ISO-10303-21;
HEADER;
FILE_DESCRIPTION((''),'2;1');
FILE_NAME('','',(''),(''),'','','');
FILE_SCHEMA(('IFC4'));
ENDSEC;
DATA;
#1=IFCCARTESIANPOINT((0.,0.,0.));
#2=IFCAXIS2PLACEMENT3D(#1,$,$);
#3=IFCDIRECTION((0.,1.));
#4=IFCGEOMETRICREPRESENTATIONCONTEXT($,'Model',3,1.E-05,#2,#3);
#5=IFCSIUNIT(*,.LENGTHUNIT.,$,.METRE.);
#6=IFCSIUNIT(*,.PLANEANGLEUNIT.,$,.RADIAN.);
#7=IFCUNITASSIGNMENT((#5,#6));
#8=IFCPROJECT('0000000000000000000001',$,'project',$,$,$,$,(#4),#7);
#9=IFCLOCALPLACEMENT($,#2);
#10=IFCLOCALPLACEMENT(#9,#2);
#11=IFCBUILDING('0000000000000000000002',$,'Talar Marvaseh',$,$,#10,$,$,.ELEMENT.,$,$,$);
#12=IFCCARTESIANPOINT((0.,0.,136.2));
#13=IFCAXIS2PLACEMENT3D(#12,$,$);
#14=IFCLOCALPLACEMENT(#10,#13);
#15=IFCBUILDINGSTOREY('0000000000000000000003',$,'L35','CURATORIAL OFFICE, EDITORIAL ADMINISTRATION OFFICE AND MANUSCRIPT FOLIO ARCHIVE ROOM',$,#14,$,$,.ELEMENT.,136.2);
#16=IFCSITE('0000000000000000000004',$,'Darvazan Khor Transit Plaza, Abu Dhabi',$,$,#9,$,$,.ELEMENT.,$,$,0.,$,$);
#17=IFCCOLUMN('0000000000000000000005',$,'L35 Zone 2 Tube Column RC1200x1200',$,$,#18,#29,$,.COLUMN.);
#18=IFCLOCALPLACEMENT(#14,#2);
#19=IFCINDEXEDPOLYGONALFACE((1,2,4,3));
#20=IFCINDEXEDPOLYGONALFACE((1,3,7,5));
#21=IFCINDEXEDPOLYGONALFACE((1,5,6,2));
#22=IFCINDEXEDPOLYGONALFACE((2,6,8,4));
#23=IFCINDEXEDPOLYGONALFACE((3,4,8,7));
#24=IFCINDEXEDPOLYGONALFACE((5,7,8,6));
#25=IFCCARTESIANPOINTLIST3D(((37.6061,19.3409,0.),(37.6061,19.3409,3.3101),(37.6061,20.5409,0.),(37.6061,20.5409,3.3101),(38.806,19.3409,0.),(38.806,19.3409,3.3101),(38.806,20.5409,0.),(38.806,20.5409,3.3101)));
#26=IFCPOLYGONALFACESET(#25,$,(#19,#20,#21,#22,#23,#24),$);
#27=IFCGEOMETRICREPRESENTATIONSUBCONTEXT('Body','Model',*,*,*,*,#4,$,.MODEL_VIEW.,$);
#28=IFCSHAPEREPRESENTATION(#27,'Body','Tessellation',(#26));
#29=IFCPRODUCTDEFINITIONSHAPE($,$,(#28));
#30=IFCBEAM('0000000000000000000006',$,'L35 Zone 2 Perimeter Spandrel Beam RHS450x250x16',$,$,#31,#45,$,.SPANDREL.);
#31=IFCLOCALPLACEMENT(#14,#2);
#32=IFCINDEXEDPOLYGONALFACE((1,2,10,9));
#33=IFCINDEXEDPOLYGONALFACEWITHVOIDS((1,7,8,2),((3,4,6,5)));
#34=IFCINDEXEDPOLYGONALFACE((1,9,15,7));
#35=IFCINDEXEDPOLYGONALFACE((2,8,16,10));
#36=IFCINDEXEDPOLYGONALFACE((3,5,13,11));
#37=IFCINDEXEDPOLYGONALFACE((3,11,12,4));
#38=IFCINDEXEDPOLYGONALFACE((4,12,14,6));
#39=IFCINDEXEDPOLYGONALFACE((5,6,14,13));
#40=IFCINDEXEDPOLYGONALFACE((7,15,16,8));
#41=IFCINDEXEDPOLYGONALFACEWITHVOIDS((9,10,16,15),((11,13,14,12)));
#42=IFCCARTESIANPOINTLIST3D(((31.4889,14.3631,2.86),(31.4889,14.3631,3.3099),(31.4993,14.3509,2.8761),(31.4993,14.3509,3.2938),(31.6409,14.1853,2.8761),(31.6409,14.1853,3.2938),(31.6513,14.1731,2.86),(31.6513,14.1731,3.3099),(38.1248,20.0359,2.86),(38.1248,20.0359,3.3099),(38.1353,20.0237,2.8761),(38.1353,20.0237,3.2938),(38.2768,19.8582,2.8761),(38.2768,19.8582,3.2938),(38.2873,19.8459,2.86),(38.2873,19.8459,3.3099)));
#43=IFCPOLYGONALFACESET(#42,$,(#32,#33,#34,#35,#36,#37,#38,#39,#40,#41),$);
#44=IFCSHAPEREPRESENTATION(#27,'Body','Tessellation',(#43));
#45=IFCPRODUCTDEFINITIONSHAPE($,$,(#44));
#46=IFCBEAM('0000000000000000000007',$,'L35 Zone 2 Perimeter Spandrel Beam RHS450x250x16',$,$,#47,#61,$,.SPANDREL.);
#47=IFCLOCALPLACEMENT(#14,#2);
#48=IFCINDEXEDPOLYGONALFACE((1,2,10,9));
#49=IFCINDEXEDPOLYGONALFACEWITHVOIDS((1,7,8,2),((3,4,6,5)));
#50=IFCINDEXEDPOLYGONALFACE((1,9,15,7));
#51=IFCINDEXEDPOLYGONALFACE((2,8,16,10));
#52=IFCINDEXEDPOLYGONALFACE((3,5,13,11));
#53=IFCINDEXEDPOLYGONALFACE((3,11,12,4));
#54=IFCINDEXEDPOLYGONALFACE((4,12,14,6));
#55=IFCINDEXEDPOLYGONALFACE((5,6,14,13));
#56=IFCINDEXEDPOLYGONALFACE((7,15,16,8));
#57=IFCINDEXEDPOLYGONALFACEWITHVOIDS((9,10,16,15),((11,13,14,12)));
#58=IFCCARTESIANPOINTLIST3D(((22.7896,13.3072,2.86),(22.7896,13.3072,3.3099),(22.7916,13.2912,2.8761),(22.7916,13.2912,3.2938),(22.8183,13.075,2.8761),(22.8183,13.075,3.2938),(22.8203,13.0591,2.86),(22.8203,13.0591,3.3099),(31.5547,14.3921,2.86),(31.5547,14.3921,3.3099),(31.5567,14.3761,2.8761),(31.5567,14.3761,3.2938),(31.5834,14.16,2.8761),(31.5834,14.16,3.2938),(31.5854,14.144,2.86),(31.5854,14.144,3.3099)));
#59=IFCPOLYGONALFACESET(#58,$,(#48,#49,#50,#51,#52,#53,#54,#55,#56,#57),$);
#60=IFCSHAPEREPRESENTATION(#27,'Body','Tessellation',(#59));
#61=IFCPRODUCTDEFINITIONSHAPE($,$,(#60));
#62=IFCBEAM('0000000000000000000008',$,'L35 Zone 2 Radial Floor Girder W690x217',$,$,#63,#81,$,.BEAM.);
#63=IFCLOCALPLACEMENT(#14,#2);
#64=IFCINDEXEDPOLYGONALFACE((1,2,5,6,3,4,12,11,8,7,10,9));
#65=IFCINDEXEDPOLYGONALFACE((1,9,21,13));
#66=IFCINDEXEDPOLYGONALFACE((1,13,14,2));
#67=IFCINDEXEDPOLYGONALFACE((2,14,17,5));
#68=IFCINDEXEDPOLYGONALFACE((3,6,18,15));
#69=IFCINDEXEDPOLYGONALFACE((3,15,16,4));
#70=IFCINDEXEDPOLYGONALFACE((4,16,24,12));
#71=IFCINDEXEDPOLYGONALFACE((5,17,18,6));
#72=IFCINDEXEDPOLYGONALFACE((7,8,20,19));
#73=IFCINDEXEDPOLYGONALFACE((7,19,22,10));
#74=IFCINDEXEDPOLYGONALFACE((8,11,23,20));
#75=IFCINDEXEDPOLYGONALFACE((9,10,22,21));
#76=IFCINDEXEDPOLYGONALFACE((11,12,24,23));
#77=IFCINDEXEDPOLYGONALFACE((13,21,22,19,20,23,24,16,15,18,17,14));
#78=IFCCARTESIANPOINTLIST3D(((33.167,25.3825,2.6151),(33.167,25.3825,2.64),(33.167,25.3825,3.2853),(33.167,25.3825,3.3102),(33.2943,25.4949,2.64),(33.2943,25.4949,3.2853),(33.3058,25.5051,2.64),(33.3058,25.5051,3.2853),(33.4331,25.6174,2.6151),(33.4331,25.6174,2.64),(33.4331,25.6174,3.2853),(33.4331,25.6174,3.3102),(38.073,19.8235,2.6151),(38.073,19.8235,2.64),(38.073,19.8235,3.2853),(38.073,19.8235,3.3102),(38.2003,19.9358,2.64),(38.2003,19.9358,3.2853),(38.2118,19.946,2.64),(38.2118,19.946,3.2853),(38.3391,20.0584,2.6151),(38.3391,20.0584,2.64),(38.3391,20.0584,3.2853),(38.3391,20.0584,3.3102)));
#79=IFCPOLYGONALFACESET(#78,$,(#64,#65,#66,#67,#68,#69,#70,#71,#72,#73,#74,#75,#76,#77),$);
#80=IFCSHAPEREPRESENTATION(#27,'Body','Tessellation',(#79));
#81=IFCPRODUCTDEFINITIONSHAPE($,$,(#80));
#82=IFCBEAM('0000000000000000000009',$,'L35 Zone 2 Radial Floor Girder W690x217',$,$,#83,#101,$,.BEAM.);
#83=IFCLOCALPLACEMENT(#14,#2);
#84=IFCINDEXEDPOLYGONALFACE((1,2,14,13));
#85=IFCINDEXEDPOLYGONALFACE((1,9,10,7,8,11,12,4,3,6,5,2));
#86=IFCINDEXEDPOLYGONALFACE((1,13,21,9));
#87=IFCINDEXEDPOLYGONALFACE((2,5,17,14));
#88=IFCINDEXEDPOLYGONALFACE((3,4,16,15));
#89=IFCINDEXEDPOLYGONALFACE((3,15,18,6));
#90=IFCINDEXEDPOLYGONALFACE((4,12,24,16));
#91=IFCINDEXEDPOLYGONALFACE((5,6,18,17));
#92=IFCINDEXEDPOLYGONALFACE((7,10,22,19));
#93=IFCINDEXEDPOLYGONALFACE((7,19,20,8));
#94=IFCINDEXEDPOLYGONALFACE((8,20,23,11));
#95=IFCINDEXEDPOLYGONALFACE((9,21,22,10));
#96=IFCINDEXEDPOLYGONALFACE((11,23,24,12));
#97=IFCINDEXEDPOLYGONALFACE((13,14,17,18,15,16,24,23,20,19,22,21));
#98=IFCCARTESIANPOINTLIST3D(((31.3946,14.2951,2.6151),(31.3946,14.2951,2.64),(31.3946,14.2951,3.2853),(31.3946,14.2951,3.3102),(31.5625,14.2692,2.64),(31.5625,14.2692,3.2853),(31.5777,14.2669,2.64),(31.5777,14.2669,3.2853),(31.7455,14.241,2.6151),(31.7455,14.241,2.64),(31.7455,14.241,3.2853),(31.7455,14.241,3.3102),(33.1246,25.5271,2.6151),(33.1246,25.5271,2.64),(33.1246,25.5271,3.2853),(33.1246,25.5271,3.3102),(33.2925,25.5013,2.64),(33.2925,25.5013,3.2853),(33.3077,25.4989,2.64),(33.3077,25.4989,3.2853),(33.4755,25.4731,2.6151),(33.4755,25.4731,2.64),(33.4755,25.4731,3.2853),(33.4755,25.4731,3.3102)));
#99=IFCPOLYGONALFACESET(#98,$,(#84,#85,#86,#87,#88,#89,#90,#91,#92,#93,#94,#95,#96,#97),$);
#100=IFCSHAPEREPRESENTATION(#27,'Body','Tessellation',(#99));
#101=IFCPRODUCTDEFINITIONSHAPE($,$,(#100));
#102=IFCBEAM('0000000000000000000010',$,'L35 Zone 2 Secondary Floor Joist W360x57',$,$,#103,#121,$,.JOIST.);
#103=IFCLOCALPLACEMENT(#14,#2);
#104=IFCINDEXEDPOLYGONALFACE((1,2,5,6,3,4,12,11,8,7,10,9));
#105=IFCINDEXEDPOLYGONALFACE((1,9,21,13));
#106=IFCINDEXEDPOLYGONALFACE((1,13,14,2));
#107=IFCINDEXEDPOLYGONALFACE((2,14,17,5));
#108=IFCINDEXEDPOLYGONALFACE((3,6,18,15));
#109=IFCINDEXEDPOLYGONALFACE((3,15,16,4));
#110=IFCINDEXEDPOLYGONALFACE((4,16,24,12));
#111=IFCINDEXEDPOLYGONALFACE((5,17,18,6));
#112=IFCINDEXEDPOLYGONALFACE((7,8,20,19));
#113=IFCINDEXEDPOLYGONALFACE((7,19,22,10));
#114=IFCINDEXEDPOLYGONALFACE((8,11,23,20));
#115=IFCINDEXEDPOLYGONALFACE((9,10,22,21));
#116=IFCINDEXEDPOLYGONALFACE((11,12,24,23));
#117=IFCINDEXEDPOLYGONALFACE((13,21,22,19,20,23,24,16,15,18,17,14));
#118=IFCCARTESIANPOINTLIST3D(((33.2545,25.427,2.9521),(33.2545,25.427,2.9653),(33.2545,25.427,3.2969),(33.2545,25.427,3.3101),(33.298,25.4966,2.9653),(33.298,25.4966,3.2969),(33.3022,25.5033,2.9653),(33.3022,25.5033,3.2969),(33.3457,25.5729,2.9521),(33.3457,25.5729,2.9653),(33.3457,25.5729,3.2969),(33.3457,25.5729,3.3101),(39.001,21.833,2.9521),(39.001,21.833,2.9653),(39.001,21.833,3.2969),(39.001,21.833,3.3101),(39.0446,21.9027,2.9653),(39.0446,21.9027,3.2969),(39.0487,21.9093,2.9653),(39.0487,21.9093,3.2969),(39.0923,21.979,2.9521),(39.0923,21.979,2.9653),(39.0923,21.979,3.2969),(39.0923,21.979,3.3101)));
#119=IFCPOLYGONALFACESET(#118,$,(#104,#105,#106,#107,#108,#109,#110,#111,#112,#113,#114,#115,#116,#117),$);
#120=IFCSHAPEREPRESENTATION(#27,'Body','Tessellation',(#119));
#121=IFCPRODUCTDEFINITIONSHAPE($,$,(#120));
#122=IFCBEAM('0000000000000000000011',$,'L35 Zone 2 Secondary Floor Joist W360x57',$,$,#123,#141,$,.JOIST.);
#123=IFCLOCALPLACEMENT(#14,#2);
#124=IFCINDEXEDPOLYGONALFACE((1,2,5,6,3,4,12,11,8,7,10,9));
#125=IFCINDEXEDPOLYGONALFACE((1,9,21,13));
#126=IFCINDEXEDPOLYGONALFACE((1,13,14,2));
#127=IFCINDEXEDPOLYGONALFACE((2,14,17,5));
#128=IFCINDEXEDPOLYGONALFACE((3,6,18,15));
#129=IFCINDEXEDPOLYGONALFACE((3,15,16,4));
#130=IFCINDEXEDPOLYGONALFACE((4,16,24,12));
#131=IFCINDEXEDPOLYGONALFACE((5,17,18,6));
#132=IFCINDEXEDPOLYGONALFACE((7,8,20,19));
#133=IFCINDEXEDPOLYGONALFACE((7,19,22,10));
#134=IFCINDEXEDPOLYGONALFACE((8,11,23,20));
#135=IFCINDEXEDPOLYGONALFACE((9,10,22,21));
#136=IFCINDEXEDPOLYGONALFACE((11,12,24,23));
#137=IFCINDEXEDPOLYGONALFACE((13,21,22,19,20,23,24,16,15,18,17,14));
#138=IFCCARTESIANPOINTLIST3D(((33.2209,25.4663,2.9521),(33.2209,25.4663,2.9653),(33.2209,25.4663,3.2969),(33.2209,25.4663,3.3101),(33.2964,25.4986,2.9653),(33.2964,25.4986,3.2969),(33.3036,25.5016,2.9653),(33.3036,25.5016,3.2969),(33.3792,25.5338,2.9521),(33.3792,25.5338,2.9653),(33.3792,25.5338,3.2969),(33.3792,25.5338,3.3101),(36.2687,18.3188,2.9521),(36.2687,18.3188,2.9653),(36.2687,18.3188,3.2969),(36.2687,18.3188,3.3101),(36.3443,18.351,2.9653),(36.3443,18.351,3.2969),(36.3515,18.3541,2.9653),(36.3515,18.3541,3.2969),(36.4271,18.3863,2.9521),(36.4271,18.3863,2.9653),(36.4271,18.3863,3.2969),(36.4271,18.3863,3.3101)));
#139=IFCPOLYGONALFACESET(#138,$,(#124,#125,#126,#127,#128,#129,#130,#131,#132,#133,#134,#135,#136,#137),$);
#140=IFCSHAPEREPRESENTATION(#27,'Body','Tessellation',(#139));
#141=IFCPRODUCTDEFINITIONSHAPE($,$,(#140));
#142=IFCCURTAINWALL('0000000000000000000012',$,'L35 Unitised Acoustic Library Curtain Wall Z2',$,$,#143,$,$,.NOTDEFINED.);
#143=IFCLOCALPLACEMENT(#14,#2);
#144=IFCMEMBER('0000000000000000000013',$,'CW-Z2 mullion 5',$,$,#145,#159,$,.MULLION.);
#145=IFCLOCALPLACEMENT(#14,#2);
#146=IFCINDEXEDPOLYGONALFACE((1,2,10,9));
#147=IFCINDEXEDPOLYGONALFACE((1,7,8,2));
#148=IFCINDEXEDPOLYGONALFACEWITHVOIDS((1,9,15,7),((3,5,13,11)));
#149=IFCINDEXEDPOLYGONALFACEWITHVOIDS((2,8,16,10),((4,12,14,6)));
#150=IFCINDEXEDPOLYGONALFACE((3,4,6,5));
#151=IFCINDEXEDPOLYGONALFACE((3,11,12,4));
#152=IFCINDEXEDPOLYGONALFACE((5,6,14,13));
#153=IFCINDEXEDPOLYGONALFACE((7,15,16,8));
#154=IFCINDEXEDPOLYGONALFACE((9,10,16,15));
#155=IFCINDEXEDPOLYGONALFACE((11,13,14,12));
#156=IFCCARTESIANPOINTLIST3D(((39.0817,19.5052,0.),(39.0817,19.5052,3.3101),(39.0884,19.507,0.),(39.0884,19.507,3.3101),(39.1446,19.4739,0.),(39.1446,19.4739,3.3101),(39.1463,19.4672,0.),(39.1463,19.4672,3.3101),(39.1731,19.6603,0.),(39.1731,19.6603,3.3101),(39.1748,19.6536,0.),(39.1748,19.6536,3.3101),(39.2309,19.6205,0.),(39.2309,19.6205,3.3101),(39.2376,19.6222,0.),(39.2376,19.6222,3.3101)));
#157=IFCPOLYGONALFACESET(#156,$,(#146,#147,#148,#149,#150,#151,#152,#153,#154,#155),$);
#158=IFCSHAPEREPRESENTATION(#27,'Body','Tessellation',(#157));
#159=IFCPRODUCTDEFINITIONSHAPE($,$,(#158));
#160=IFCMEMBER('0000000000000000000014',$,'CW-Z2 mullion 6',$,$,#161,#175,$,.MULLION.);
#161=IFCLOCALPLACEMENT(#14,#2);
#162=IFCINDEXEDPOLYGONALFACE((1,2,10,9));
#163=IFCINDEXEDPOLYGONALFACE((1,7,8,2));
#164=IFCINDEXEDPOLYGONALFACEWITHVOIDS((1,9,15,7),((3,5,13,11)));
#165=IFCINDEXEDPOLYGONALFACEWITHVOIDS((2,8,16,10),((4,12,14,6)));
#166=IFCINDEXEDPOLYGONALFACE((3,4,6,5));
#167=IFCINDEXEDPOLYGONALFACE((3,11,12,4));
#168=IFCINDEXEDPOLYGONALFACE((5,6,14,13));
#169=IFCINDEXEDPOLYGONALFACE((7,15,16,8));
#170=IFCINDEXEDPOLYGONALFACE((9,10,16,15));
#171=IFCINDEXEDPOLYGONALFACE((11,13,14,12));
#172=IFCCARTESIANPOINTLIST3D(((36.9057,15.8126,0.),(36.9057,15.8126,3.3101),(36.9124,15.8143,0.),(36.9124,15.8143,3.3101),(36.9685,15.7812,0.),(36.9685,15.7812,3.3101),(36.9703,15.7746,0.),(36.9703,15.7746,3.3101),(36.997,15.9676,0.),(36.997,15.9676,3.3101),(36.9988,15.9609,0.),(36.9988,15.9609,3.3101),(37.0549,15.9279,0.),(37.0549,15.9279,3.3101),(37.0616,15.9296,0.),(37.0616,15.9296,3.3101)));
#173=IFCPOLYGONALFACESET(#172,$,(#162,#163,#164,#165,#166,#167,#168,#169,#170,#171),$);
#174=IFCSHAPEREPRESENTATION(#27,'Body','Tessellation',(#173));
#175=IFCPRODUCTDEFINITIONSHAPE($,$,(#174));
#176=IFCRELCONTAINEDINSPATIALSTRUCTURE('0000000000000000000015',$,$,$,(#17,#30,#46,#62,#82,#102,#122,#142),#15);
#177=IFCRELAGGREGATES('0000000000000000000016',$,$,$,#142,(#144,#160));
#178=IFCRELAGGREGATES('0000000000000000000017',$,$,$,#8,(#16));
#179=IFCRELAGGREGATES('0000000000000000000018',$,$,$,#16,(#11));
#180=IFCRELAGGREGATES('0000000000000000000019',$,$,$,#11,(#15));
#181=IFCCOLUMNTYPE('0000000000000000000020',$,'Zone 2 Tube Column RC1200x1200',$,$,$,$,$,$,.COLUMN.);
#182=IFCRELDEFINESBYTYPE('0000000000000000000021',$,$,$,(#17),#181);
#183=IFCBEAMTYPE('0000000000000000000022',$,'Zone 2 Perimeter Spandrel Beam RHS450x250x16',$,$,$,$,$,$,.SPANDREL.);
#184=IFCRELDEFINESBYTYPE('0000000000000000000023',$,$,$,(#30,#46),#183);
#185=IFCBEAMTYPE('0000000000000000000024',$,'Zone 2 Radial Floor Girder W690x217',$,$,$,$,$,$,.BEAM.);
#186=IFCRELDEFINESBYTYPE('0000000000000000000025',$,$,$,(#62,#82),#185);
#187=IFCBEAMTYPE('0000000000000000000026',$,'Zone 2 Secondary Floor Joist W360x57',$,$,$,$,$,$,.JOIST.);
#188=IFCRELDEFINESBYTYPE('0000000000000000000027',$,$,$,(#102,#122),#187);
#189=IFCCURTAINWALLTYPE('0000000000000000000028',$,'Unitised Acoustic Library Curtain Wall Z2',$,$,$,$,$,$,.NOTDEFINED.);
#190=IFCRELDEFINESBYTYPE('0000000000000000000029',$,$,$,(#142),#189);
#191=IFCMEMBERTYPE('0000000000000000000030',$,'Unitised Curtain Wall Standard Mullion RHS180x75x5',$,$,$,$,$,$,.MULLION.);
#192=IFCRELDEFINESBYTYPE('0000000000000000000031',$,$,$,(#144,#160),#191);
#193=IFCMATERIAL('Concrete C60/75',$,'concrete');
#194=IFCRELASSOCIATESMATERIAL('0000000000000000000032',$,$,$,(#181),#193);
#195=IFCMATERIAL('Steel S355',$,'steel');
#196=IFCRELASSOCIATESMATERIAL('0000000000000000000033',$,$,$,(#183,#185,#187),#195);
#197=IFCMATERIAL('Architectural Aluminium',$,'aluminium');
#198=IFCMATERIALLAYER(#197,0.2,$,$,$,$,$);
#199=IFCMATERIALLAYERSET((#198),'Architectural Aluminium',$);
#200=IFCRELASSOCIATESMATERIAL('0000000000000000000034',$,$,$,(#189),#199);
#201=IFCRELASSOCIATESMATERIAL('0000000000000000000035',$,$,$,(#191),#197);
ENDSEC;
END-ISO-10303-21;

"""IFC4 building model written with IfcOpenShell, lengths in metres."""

from ifc_helpers import new_model, si_unit, direction, frame, origin, origin_2d, place, context, subcontext, project, spatial, rectangle, hollow_rectangle, i_section, extrude, source, transform, mapped, material, layer, layer_set, material_profile, profile_set, type_object, type_shapes, element, aggregate, save


model = new_model("IFC4")

# Units and contexts
model_context = context("Model", 3, precision=1e-05, world=origin(), true_north=direction((0.0, 1.0)))
body_context = subcontext(model_context, "Body", "Model", "MODEL_VIEW")
ifc_project = project(units=[si_unit("LENGTHUNIT", "METRE"), si_unit("PLANEANGLEUNIT", "RADIAN")], contexts=[model_context])

# Site, building, storey
site_placement = place(None, origin())
site = spatial("IfcSite", under=ifc_project, at=site_placement, Name="Darvazan Khor Transit Plaza, Abu Dhabi", CompositionType="ELEMENT", RefElevation=0.0)
building_placement = place(site_placement, origin())
building = spatial("IfcBuilding", under=site, at=building_placement, Name="Talar Marvaseh", CompositionType="ELEMENT")
storey_placement = place(building_placement, frame((0.0, 0.0, 136.2)))
storey = spatial("IfcBuildingStorey", under=building, at=storey_placement, Name="L35", Description="CURATORIAL OFFICE, EDITORIAL ADMINISTRATION OFFICE AND MANUSCRIPT FOLIO ARCHIVE ROOM", CompositionType="ELEMENT", Elevation=136.2)

# Column
ifc_material_1 = material(Name="Concrete C60/75", Category="concrete")
ifc_material_profile_1 = material_profile(ifc_material_1, rectangle(XDim=1.2, YDim=1.2, at=origin_2d()), Name="RC1200x1200")
ifc_profile_set_1 = profile_set([ifc_material_profile_1], Name="Concrete C60/75")
column_type = type_object("IfcColumnType", Name="Zone 2 Tube Column RC1200x1200", PredefinedType="COLUMN", material=ifc_profile_set_1)
column_placement = place(storey_placement, frame((38.2061, 19.9409, 0.0), z_axis=(0.0, 0.0, 1.0), x_axis=(1.0, 0.0, 0.0)))
element("IfcColumn", 1, at=column_placement, inside=storey, type_object=column_type, Name="L35 Zone 2 Tube Column RC1200x1200", PredefinedType="COLUMN", context=body_context, shape_type="SweptSolid", body=[
    extrude(rectangle(XDim=1.2, YDim=1.2, at=origin_2d()), origin(), (0.0, 0.0, 1.0), 3.3101),
])

# Beams
ifc_material_2 = material(Name="Steel S355", Category="steel")
ifc_material_profile_2 = material_profile(ifc_material_2, hollow_rectangle(XDim=0.25, YDim=0.45, WallThickness=0.0161, at=origin_2d()), Name="RHS450x250x16")
ifc_profile_set_2 = profile_set([ifc_material_profile_2], Name="Steel S355")
beam_type_1 = type_object("IfcBeamType", Name="Zone 2 Perimeter Spandrel Beam RHS450x250x16", PredefinedType="SPANDREL", material=ifc_profile_set_2)
beam_1_placement = place(storey_placement, frame((38.2061, 19.9409, 3.085), z_axis=(-0.760113, -0.649791, 0.0), x_axis=(0.649791, -0.760113, 0.0)))
element("IfcBeam", 2, at=beam_1_placement, inside=storey, type_object=beam_type_1, Name="L35 Zone 2 Perimeter Spandrel Beam RHS450x250x16", PredefinedType="SPANDREL", context=body_context, shape_type="SweptSolid", body=[
    extrude(hollow_rectangle(XDim=0.25, YDim=0.45, WallThickness=0.0161, at=origin_2d()), origin(), (0.0, 0.0, 1.0), 8.7302),
])
beam_2_placement = place(storey_placement, frame((31.5701, 14.2681, 3.085), z_axis=(-0.992426, -0.122844, 0.0), x_axis=(0.122844, -0.992426, 0.0)))
element("IfcBeam", 3, at=beam_2_placement, inside=storey, type_object=beam_type_1, Name="L35 Zone 2 Perimeter Spandrel Beam RHS450x250x16", PredefinedType="SPANDREL", context=body_context, shape_type="SweptSolid", body=[
    extrude(hollow_rectangle(XDim=0.25, YDim=0.45, WallThickness=0.0161, at=origin_2d()), origin(), (0.0, 0.0, 1.0), 8.832),
])
ifc_material_profile_3 = material_profile(ifc_material_2, i_section(OverallWidth=0.355, OverallDepth=0.6951, WebThickness=0.0154, FlangeThickness=0.0249, at=origin_2d()), Name="W690x217")
ifc_profile_set_3 = profile_set([ifc_material_profile_3], Name="Steel S355")
beam_type_2 = type_object("IfcBeamType", Name="Zone 2 Radial Floor Girder W690x217", PredefinedType="BEAM", material=ifc_profile_set_3)
beam_3_placement = place(storey_placement, frame((38.2061, 19.9409, 2.9626), z_axis=(-0.661692, 0.749775, 0.0), x_axis=(-0.749775, -0.661692, 0.0)))
element("IfcBeam", 4, at=beam_3_placement, inside=storey, type_object=beam_type_2, Name="L35 Zone 2 Radial Floor Girder W690x217", PredefinedType="BEAM", context=body_context, shape_type="SweptSolid", body=[
    extrude(i_section(OverallWidth=0.355, OverallDepth=0.6951, WebThickness=0.0154, FlangeThickness=0.0249, at=origin_2d()), origin(), (0.0, 0.0, 1.0), 7.4143),
])
beam_4_placement = place(storey_placement, frame((31.5701, 14.2681, 2.9626), z_axis=(0.152228, 0.988345, 0.0), x_axis=(-0.988345, 0.152228, 0.0)))
element("IfcBeam", 5, at=beam_4_placement, inside=storey, type_object=beam_type_2, Name="L35 Zone 2 Radial Floor Girder W690x217", PredefinedType="BEAM", context=body_context, shape_type="SweptSolid", body=[
    extrude(i_section(OverallWidth=0.355, OverallDepth=0.6951, WebThickness=0.0154, FlangeThickness=0.0249, at=origin_2d()), origin(), (0.0, 0.0, 1.0), 11.3645),
])
ifc_material_profile_4 = material_profile(ifc_material_2, i_section(OverallWidth=0.1721, OverallDepth=0.3579, WebThickness=0.0078, FlangeThickness=0.0132, at=origin_2d()), Name="W360x57")
ifc_profile_set_4 = profile_set([ifc_material_profile_4], Name="Steel S355")
beam_type_3 = type_object("IfcBeamType", Name="Zone 2 Secondary Floor Joist W360x57", PredefinedType="JOIST", material=ifc_profile_set_4)
beam_5_placement = place(storey_placement, frame((39.0466, 21.906, 3.1311), z_axis=(-0.84784, 0.530251, 0.0), x_axis=(-0.530251, -0.84784, 0.0)))
element("IfcBeam", 6, at=beam_5_placement, inside=storey, type_object=beam_type_3, Name="L35 Zone 2 Secondary Floor Joist W360x57", PredefinedType="JOIST", context=body_context, shape_type="SweptSolid", body=[
    extrude(i_section(OverallWidth=0.1721, OverallDepth=0.3579, WebThickness=0.0078, FlangeThickness=0.0132, at=origin_2d()), origin(), (0.0, 0.0, 1.0), 6.7778),
])
beam_6_placement = place(storey_placement, frame((36.3479, 18.3525, 3.1311), z_axis=(-0.39225, 0.919859, 0.0), x_axis=(-0.919859, -0.39225, 0.0)))
element("IfcBeam", 7, at=beam_6_placement, inside=storey, type_object=beam_type_3, Name="L35 Zone 2 Secondary Floor Joist W360x57", PredefinedType="JOIST", context=body_context, shape_type="SweptSolid", body=[
    extrude(i_section(OverallWidth=0.1721, OverallDepth=0.3579, WebThickness=0.0078, FlangeThickness=0.0132, at=origin_2d()), origin(), (0.0, 0.0, 1.0), 7.7703),
])

# Curtain wall, members
ifc_material_3 = material(Name="Architectural Aluminium", Category="aluminium")
ifc_layer_1 = layer(ifc_material_3, 0.2)
ifc_layer_set_1 = layer_set([ifc_layer_1], Name="Architectural Aluminium")
curtain_wall_type = type_object("IfcCurtainWallType", Name="Unitised Acoustic Library Curtain Wall Z2", PredefinedType="NOTDEFINED", material=ifc_layer_set_1)
curtain_wall_1_placement = place(storey_placement, origin())
curtain_wall_1 = element("IfcCurtainWall", 8, at=curtain_wall_1_placement, inside=storey, type_object=curtain_wall_type, Name="L35 Unitised Acoustic Library Curtain Wall Z2", PredefinedType="NOTDEFINED")
ifc_material_profile_5 = material_profile(ifc_material_3, hollow_rectangle(XDim=0.075, YDim=0.1799, WallThickness=0.0049, at=origin_2d()), Name="RHS180x75x5")
ifc_profile_set_5 = profile_set([ifc_material_profile_5], Name="Architectural Aluminium")
member_type_1 = type_object("IfcMemberType", Name="Unitised Curtain Wall Standard Mullion RHS180x75x5", PredefinedType="MULLION", material=ifc_profile_set_5)
shared_shape_1 = source(origin(), body_context, "Body", "SweptSolid", [
    extrude(hollow_rectangle(XDim=0.075, YDim=0.1799, WallThickness=0.0049, at=origin_2d()), origin(), (0.0, 0.0, 1.0), 3.3101),
])
type_shapes(member_type_1, [shared_shape_1])
member_1_placement = place(storey_placement, frame((39.1597, 19.5637, 0.0), z_axis=(0.0, 0.0, 1.0), x_axis=(0.86155, -0.507673, 0.0)))
member_1 = element("IfcMember", 9, at=member_1_placement, type_object=member_type_1, Name="CW-Z2 mullion 5", PredefinedType="MULLION", context=body_context, shape_type="MappedRepresentation", body=[
    mapped(shared_shape_1, transform((0.0, 0.0, 0.0), x_axis=(1.0, 0.0, 0.0), y_axis=(0.0, 1.0, 0.0), z_axis=(0.0, 0.0, 1.0), scale=1.0)),
])
member_2_placement = place(storey_placement, frame((36.9836, 15.8711, 0.0), z_axis=(0.0, 0.0, 1.0), x_axis=(0.86155, -0.507673, 0.0)))
member_2 = element("IfcMember", 10, at=member_2_placement, type_object=member_type_1, Name="CW-Z2 mullion 6", PredefinedType="MULLION", context=body_context, shape_type="MappedRepresentation", body=[
    mapped(shared_shape_1, transform((0.0, 0.0, 0.0), x_axis=(1.0, 0.0, 0.0), y_axis=(0.0, 1.0, 0.0), z_axis=(0.0, 0.0, 1.0), scale=1.0)),
])

aggregate(curtain_wall_1, [member_1, member_2])

save(model, "model.ifc")
